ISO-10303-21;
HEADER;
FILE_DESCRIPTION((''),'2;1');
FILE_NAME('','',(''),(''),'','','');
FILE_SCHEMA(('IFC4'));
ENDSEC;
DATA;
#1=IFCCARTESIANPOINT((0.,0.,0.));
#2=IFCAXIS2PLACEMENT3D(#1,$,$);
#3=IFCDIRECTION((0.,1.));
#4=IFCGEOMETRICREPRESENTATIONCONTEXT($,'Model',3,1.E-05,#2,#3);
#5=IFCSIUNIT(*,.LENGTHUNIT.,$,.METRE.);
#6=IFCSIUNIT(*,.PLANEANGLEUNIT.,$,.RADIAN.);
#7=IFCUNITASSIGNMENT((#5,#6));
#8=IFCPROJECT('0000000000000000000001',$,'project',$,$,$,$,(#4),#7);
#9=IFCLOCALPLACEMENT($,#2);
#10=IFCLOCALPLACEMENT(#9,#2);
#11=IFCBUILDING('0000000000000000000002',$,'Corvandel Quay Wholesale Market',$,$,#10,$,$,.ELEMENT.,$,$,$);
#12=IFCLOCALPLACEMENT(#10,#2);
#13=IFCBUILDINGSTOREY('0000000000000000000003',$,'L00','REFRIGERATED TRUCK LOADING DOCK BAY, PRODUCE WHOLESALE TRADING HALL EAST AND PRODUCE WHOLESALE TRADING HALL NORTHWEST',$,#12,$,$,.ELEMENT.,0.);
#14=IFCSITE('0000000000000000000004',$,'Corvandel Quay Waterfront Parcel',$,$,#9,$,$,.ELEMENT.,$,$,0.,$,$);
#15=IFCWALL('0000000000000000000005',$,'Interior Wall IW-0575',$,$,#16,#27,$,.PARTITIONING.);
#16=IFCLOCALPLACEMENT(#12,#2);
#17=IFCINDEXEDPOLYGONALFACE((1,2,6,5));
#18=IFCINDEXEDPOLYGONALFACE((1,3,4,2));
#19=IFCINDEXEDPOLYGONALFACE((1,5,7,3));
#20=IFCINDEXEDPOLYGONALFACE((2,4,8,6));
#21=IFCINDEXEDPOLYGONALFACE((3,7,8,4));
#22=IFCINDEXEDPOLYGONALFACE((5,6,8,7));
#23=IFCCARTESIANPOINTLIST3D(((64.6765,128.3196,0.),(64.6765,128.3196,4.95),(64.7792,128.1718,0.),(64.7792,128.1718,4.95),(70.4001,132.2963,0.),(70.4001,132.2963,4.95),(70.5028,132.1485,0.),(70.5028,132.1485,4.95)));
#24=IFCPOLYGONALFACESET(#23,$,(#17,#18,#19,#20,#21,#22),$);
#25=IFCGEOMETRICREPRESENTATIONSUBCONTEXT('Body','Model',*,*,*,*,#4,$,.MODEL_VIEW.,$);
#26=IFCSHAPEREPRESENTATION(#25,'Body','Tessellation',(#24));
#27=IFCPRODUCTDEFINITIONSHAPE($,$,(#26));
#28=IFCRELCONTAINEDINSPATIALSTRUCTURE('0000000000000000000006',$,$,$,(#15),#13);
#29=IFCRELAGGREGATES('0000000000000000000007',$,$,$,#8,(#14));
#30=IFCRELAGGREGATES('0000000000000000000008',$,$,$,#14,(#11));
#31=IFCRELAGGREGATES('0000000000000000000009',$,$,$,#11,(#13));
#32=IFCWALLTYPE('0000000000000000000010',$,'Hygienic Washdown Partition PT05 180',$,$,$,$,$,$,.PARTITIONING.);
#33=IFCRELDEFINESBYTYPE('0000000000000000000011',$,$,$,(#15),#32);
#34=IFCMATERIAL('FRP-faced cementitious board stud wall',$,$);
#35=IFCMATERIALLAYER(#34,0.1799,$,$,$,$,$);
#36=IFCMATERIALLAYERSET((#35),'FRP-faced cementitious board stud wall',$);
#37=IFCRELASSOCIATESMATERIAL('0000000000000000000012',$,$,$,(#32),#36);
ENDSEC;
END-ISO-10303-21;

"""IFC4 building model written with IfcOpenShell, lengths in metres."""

from ifc_helpers import new_model, si_unit, direction, frame, frame_2d, origin, place, context, subcontext, project, spatial, rectangle, extrude, material, layer, layer_set, type_object, element, save


model = new_model("IFC4")

# Units and contexts
model_context = context("Model", 3, precision=1e-05, world=origin(), true_north=direction((0.0, 1.0)))
body_context = subcontext(model_context, "Body", "Model", "MODEL_VIEW")
ifc_project = project(units=[si_unit("LENGTHUNIT", "METRE"), si_unit("PLANEANGLEUNIT", "RADIAN")], contexts=[model_context])

# Site, building, storey
site_placement = place(None, origin())
site = spatial("IfcSite", under=ifc_project, at=site_placement, Name="Corvandel Quay Waterfront Parcel", CompositionType="ELEMENT", RefElevation=0.0)
building_placement = place(site_placement, origin())
building = spatial("IfcBuilding", under=site, at=building_placement, Name="Corvandel Quay Wholesale Market", CompositionType="ELEMENT")
storey_placement = place(building_placement, origin())
storey = spatial("IfcBuildingStorey", under=building, at=storey_placement, Name="L00", Description="REFRIGERATED TRUCK LOADING DOCK BAY, PRODUCE WHOLESALE TRADING HALL EAST AND PRODUCE WHOLESALE TRADING HALL NORTHWEST", CompositionType="ELEMENT", Elevation=0.0)

# Wall
ifc_material_1 = material(Name="FRP-faced cementitious board stud wall")
ifc_layer_1 = layer(ifc_material_1, 0.1799)
ifc_layer_set_1 = layer_set([ifc_layer_1], Name="FRP-faced cementitious board stud wall")
wall_type_1 = type_object("IfcWallType", Name="Hygienic Washdown Partition PT05 180", PredefinedType="PARTITIONING", material=ifc_layer_set_1)
wall_1_placement = place(storey_placement, frame((64.7278, 128.2456, 0.0), z_axis=(0.0, 0.0, 1.0), x_axis=(0.821231, 0.570595, 0.0)))
element("IfcWall", 1, at=wall_1_placement, inside=storey, type_object=wall_type_1, Name="Interior Wall IW-0575", PredefinedType="PARTITIONING", context=body_context, shape_type="SweptSolid", body=[
    extrude(rectangle(XDim=6.9695, YDim=0.1799, at=frame_2d((3.4849, 0.0))), origin(), (0.0, 0.0, 1.0), 4.95),
])

save(model, "model.ifc")
